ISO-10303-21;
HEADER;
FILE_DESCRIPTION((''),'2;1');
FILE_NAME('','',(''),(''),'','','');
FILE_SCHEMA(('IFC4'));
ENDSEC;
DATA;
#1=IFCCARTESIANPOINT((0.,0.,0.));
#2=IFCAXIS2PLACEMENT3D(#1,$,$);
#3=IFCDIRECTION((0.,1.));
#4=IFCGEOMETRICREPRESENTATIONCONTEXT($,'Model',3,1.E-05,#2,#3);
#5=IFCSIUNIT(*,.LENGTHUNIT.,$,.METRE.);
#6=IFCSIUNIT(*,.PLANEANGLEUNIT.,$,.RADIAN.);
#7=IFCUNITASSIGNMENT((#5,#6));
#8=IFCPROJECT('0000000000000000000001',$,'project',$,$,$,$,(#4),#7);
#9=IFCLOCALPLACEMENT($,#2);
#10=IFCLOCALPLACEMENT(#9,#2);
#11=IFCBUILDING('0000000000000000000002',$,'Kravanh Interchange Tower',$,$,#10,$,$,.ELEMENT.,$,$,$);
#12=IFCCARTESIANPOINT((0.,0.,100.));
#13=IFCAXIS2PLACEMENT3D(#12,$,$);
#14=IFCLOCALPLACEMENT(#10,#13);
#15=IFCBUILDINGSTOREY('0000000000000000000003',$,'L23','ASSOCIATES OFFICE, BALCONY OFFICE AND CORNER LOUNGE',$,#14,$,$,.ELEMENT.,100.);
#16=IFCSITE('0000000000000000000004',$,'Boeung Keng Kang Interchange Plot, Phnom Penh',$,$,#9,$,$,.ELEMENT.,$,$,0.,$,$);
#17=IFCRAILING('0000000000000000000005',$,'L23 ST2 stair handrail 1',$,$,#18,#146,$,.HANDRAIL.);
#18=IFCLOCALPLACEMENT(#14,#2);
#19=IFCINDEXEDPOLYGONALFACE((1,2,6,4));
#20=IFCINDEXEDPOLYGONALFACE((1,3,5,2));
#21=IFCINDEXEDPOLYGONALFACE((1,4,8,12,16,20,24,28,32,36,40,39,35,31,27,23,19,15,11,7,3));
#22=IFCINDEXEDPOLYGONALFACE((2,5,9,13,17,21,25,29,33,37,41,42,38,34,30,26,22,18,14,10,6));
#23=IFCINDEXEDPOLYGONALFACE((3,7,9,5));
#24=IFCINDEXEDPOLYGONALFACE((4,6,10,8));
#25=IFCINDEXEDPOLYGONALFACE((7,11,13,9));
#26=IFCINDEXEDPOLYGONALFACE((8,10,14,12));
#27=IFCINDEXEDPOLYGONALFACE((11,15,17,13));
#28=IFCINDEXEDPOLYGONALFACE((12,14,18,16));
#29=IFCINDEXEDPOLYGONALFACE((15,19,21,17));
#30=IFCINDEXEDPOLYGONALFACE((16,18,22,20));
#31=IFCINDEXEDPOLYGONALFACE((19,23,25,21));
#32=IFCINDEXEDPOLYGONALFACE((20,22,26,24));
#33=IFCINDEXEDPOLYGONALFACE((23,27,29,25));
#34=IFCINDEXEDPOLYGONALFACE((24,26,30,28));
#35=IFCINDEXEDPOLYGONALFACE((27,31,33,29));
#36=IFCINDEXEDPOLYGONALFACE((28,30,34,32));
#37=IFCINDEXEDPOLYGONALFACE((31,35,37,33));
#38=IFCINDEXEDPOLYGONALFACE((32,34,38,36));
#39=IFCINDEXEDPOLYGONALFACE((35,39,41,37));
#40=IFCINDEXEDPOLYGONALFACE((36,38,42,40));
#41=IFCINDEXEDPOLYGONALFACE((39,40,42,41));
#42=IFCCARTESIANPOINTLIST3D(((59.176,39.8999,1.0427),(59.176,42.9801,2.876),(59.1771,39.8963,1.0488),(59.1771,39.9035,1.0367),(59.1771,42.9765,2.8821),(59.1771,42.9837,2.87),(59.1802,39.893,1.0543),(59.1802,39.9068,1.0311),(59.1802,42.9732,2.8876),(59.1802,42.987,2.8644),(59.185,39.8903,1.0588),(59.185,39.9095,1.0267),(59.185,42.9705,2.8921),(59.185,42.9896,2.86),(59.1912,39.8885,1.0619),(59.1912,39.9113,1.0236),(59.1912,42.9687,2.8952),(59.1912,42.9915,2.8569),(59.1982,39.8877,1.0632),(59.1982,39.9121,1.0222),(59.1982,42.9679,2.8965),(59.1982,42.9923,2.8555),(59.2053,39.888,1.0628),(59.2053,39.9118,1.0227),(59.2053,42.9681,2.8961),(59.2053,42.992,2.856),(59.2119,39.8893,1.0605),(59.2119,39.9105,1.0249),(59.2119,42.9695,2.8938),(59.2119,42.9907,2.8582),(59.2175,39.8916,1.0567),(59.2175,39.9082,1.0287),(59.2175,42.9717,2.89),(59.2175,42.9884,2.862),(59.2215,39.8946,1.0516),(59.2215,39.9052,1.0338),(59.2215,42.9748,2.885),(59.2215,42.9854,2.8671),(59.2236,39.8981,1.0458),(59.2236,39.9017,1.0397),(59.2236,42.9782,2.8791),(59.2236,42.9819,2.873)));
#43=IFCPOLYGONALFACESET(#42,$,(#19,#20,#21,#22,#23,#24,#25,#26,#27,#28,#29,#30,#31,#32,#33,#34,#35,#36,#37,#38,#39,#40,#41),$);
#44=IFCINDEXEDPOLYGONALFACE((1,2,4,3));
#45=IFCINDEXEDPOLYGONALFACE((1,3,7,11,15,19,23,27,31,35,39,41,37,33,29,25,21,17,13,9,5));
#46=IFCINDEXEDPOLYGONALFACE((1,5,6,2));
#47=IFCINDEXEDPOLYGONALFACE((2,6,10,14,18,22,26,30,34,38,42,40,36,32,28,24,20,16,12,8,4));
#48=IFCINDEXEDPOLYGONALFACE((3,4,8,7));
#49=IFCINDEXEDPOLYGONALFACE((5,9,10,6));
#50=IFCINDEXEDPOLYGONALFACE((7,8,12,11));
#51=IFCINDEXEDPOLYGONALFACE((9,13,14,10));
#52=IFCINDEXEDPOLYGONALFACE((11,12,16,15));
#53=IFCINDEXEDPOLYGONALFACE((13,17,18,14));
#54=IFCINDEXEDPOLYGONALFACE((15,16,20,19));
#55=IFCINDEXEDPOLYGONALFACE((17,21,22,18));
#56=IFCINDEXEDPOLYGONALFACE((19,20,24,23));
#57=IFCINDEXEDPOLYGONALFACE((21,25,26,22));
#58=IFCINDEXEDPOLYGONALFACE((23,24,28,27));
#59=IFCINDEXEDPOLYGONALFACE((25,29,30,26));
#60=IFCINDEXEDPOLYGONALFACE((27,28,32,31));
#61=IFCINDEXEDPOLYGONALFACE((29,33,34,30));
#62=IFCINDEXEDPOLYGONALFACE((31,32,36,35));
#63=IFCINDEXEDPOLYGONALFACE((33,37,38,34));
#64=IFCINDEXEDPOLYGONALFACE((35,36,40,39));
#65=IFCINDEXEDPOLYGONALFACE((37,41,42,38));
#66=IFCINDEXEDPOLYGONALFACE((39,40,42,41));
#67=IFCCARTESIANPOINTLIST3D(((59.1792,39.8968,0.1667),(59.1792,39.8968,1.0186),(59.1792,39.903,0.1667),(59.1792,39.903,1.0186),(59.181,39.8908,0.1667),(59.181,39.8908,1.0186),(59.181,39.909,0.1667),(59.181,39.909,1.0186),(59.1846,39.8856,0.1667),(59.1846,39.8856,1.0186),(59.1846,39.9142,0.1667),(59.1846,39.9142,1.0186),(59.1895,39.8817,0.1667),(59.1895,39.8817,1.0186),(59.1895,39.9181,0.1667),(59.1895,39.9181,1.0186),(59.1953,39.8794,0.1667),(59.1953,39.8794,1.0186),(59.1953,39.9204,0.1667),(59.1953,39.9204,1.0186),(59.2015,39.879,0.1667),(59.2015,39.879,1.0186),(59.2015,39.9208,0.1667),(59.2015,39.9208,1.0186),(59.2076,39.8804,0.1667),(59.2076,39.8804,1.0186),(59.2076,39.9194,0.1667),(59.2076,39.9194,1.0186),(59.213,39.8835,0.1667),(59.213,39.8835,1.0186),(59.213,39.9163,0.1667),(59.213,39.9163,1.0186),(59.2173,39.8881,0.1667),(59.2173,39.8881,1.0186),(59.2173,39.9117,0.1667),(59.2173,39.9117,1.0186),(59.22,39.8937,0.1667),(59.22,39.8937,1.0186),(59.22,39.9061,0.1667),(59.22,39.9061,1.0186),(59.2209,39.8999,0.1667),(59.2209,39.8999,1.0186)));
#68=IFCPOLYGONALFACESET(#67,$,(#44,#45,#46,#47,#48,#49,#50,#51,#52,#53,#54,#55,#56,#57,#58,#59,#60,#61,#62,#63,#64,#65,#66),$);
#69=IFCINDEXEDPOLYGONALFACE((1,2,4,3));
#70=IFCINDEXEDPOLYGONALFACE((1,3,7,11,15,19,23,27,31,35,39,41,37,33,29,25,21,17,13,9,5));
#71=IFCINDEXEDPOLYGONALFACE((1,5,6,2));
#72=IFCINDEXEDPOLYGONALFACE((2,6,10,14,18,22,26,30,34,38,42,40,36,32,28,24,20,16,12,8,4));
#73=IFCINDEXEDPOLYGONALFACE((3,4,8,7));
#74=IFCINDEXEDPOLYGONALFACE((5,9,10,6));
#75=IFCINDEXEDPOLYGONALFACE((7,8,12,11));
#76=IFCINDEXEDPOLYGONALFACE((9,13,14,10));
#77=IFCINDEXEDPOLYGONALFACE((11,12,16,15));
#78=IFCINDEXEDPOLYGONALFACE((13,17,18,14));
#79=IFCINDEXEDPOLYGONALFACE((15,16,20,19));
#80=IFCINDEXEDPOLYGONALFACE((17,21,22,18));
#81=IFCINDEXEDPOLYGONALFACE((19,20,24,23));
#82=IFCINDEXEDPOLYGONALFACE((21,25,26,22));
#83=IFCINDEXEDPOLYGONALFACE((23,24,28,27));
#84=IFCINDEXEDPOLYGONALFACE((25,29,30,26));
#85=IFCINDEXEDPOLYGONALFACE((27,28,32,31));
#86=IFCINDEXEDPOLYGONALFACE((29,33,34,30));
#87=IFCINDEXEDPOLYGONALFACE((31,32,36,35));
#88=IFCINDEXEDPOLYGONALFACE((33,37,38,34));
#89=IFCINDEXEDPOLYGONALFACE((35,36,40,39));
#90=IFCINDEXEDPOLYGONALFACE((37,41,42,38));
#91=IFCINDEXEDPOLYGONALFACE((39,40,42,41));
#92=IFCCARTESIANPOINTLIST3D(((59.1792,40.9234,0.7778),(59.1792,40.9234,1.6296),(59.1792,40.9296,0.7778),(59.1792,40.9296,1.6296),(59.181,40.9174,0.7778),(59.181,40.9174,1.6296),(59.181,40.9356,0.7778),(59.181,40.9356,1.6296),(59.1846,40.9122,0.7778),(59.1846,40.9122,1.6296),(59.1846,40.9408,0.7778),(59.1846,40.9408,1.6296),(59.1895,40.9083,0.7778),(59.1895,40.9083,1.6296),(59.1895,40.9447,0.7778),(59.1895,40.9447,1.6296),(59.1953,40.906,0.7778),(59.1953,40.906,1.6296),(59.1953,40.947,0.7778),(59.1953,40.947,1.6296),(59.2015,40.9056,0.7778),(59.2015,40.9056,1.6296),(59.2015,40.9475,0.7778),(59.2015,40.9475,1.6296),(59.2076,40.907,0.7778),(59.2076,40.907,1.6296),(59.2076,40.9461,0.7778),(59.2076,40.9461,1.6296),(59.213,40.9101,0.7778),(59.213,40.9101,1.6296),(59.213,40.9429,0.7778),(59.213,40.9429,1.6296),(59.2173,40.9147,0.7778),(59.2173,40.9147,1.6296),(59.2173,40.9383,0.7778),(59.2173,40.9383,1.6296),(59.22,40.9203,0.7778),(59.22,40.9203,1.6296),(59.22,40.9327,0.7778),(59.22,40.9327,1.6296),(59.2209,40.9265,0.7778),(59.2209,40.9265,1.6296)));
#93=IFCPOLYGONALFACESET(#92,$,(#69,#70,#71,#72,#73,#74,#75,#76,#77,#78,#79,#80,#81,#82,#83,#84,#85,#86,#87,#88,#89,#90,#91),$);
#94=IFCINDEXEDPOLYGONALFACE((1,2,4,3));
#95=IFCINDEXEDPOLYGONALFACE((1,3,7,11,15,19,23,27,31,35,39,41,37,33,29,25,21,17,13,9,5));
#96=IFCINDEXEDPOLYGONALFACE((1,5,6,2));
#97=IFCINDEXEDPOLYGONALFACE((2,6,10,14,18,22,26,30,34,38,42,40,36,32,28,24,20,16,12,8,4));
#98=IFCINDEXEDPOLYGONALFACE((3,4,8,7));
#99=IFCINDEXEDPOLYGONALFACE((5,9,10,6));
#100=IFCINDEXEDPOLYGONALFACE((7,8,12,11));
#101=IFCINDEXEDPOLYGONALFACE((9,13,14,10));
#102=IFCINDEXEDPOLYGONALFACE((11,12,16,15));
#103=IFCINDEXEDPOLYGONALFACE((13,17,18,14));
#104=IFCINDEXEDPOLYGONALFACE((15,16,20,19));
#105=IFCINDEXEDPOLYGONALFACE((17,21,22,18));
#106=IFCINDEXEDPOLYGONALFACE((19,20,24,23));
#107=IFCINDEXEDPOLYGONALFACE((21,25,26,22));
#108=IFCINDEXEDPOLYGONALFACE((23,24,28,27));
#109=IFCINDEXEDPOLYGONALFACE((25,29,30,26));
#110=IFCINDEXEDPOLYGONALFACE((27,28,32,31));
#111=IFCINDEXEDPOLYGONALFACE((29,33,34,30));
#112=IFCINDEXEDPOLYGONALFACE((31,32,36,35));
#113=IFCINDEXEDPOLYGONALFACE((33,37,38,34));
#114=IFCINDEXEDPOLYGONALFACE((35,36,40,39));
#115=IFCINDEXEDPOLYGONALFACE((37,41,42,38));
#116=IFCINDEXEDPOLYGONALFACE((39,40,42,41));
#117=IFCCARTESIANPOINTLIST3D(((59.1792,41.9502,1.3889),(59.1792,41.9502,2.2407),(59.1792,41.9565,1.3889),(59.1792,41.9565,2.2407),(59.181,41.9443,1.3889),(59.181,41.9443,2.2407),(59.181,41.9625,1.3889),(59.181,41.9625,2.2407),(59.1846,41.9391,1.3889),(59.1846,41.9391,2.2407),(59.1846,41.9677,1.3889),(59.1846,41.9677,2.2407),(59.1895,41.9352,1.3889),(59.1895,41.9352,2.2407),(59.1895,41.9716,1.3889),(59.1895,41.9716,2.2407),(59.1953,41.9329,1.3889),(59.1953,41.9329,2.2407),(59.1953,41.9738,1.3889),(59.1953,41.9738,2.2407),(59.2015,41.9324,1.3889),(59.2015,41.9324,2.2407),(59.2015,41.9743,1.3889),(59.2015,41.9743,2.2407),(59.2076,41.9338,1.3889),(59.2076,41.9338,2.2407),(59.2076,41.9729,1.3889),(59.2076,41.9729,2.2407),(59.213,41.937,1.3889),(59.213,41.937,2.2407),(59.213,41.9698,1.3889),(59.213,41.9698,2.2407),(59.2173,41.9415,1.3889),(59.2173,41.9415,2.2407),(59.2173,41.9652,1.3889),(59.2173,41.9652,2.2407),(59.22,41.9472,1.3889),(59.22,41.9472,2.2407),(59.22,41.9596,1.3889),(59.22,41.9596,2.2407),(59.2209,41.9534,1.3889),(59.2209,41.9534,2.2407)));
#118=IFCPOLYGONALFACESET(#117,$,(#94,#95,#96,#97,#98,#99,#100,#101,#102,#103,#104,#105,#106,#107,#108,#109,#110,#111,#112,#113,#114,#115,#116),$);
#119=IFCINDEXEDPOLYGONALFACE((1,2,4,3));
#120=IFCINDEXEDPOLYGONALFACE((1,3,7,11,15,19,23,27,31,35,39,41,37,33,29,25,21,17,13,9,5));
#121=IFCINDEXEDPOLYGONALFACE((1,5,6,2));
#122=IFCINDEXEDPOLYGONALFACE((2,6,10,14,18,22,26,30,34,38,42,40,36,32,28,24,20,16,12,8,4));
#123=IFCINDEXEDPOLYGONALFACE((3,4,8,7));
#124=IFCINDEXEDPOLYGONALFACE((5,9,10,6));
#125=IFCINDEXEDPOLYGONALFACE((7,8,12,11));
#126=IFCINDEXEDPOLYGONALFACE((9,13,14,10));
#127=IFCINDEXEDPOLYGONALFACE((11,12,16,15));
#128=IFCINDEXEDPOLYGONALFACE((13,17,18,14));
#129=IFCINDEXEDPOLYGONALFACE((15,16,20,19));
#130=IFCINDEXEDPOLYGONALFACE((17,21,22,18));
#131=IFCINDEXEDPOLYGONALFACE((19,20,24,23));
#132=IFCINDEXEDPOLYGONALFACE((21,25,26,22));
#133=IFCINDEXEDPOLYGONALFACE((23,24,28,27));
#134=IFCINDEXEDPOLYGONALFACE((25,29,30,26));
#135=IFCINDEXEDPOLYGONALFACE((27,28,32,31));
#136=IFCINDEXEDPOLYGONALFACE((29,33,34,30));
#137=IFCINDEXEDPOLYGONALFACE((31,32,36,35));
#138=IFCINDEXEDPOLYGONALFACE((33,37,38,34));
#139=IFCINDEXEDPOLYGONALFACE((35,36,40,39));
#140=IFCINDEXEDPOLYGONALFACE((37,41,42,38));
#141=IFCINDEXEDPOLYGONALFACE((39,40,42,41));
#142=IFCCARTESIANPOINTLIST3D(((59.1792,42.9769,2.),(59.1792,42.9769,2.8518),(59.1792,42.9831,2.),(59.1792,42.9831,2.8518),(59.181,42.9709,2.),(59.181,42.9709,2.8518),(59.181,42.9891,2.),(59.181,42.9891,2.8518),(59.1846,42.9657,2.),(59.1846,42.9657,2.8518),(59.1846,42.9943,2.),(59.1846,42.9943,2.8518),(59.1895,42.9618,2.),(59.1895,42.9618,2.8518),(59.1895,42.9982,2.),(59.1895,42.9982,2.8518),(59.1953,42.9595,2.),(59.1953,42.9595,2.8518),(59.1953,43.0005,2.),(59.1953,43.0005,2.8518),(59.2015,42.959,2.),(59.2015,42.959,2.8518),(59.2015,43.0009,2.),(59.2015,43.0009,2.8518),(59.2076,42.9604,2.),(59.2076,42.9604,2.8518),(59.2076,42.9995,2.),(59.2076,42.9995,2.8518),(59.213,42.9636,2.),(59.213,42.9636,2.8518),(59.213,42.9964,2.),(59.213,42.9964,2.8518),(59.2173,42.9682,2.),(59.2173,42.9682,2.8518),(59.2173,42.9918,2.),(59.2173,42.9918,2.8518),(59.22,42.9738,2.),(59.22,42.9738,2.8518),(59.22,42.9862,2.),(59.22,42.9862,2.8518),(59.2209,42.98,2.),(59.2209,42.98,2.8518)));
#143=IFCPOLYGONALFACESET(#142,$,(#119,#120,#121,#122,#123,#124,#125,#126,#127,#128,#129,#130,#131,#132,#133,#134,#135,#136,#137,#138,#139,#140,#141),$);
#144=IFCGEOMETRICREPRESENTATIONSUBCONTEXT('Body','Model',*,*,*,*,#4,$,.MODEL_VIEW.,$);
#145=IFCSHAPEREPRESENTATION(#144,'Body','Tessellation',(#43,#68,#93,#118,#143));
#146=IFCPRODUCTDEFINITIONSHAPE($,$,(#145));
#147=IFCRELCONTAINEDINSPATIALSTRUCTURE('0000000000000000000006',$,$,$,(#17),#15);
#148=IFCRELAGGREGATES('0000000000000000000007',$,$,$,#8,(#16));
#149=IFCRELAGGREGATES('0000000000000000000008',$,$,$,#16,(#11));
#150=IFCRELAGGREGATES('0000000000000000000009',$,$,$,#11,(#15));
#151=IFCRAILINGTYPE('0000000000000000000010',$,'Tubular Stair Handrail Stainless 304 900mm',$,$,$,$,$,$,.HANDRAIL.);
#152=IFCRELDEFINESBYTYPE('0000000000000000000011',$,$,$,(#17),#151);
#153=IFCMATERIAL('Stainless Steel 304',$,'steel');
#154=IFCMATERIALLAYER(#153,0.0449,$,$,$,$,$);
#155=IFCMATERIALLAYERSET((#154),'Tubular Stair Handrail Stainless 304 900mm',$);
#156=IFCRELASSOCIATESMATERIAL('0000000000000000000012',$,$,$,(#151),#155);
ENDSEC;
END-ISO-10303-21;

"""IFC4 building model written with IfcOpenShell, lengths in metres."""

from ifc_helpers import new_model, si_unit, direction, frame, origin, origin_2d, place, context, subcontext, project, spatial, circle, extrude, material, layer, layer_set, type_object, element, save


model = new_model("IFC4")

# Units and contexts
model_context = context("Model", 3, precision=1e-05, world=origin(), true_north=direction((0.0, 1.0)))
body_context = subcontext(model_context, "Body", "Model", "MODEL_VIEW")
ifc_project = project(units=[si_unit("LENGTHUNIT", "METRE"), si_unit("PLANEANGLEUNIT", "RADIAN")], contexts=[model_context])

# Site, building, storey
site_placement = place(None, origin())
site = spatial("IfcSite", under=ifc_project, at=site_placement, Name="Boeung Keng Kang Interchange Plot, Phnom Penh", CompositionType="ELEMENT", RefElevation=0.0)
building_placement = place(site_placement, origin())
building = spatial("IfcBuilding", under=site, at=building_placement, Name="Kravanh Interchange Tower", CompositionType="ELEMENT")
storey_placement = place(building_placement, frame((0.0, 0.0, 100.0)))
storey = spatial("IfcBuildingStorey", under=building, at=storey_placement, Name="L23", Description="ASSOCIATES OFFICE, BALCONY OFFICE AND CORNER LOUNGE", CompositionType="ELEMENT", Elevation=100.0)

# Railing
ifc_material_1 = material(Name="Stainless Steel 304", Category="steel")
ifc_layer_1 = layer(ifc_material_1, 0.0449)
ifc_layer_set_1 = layer_set([ifc_layer_1], Name="Tubular Stair Handrail Stainless 304 900mm")
railing_type_1 = type_object("IfcRailingType", Name="Tubular Stair Handrail Stainless 304 900mm", PredefinedType="HANDRAIL", material=ifc_layer_set_1)
railing_1_placement = place(storey_placement, frame((59.2, 39.8999, 0.1667)))
element("IfcRailing", 1, at=railing_1_placement, inside=storey, type_object=railing_type_1, Name="L23 ST2 stair handrail 1", PredefinedType="HANDRAIL", context=body_context, shape_type="SweptSolid", body=[
    extrude(circle(Radius=0.0239, at=origin_2d()), frame((0.0, 0.0, 0.876), z_axis=(0.0, 0.859309, 0.511458), x_axis=(-1.0, 0.0, 0.0)), (0.0, 0.0, 1.0), 3.5845),
    extrude(circle(Radius=0.021, at=origin_2d()), origin(), (0.0, 0.0, 1.0), 0.8518),
    extrude(circle(Radius=0.021, at=origin_2d()), frame((0.0, 1.0266, 0.6111)), (0.0, 0.0, 1.0), 0.8518),
    extrude(circle(Radius=0.021, at=origin_2d()), frame((0.0, 2.0535, 1.2222)), (0.0, 0.0, 1.0), 0.8518),
    extrude(circle(Radius=0.021, at=origin_2d()), frame((0.0, 3.0801, 1.8333)), (0.0, 0.0, 1.0), 0.8518),
])

save(model, "model.ifc")
